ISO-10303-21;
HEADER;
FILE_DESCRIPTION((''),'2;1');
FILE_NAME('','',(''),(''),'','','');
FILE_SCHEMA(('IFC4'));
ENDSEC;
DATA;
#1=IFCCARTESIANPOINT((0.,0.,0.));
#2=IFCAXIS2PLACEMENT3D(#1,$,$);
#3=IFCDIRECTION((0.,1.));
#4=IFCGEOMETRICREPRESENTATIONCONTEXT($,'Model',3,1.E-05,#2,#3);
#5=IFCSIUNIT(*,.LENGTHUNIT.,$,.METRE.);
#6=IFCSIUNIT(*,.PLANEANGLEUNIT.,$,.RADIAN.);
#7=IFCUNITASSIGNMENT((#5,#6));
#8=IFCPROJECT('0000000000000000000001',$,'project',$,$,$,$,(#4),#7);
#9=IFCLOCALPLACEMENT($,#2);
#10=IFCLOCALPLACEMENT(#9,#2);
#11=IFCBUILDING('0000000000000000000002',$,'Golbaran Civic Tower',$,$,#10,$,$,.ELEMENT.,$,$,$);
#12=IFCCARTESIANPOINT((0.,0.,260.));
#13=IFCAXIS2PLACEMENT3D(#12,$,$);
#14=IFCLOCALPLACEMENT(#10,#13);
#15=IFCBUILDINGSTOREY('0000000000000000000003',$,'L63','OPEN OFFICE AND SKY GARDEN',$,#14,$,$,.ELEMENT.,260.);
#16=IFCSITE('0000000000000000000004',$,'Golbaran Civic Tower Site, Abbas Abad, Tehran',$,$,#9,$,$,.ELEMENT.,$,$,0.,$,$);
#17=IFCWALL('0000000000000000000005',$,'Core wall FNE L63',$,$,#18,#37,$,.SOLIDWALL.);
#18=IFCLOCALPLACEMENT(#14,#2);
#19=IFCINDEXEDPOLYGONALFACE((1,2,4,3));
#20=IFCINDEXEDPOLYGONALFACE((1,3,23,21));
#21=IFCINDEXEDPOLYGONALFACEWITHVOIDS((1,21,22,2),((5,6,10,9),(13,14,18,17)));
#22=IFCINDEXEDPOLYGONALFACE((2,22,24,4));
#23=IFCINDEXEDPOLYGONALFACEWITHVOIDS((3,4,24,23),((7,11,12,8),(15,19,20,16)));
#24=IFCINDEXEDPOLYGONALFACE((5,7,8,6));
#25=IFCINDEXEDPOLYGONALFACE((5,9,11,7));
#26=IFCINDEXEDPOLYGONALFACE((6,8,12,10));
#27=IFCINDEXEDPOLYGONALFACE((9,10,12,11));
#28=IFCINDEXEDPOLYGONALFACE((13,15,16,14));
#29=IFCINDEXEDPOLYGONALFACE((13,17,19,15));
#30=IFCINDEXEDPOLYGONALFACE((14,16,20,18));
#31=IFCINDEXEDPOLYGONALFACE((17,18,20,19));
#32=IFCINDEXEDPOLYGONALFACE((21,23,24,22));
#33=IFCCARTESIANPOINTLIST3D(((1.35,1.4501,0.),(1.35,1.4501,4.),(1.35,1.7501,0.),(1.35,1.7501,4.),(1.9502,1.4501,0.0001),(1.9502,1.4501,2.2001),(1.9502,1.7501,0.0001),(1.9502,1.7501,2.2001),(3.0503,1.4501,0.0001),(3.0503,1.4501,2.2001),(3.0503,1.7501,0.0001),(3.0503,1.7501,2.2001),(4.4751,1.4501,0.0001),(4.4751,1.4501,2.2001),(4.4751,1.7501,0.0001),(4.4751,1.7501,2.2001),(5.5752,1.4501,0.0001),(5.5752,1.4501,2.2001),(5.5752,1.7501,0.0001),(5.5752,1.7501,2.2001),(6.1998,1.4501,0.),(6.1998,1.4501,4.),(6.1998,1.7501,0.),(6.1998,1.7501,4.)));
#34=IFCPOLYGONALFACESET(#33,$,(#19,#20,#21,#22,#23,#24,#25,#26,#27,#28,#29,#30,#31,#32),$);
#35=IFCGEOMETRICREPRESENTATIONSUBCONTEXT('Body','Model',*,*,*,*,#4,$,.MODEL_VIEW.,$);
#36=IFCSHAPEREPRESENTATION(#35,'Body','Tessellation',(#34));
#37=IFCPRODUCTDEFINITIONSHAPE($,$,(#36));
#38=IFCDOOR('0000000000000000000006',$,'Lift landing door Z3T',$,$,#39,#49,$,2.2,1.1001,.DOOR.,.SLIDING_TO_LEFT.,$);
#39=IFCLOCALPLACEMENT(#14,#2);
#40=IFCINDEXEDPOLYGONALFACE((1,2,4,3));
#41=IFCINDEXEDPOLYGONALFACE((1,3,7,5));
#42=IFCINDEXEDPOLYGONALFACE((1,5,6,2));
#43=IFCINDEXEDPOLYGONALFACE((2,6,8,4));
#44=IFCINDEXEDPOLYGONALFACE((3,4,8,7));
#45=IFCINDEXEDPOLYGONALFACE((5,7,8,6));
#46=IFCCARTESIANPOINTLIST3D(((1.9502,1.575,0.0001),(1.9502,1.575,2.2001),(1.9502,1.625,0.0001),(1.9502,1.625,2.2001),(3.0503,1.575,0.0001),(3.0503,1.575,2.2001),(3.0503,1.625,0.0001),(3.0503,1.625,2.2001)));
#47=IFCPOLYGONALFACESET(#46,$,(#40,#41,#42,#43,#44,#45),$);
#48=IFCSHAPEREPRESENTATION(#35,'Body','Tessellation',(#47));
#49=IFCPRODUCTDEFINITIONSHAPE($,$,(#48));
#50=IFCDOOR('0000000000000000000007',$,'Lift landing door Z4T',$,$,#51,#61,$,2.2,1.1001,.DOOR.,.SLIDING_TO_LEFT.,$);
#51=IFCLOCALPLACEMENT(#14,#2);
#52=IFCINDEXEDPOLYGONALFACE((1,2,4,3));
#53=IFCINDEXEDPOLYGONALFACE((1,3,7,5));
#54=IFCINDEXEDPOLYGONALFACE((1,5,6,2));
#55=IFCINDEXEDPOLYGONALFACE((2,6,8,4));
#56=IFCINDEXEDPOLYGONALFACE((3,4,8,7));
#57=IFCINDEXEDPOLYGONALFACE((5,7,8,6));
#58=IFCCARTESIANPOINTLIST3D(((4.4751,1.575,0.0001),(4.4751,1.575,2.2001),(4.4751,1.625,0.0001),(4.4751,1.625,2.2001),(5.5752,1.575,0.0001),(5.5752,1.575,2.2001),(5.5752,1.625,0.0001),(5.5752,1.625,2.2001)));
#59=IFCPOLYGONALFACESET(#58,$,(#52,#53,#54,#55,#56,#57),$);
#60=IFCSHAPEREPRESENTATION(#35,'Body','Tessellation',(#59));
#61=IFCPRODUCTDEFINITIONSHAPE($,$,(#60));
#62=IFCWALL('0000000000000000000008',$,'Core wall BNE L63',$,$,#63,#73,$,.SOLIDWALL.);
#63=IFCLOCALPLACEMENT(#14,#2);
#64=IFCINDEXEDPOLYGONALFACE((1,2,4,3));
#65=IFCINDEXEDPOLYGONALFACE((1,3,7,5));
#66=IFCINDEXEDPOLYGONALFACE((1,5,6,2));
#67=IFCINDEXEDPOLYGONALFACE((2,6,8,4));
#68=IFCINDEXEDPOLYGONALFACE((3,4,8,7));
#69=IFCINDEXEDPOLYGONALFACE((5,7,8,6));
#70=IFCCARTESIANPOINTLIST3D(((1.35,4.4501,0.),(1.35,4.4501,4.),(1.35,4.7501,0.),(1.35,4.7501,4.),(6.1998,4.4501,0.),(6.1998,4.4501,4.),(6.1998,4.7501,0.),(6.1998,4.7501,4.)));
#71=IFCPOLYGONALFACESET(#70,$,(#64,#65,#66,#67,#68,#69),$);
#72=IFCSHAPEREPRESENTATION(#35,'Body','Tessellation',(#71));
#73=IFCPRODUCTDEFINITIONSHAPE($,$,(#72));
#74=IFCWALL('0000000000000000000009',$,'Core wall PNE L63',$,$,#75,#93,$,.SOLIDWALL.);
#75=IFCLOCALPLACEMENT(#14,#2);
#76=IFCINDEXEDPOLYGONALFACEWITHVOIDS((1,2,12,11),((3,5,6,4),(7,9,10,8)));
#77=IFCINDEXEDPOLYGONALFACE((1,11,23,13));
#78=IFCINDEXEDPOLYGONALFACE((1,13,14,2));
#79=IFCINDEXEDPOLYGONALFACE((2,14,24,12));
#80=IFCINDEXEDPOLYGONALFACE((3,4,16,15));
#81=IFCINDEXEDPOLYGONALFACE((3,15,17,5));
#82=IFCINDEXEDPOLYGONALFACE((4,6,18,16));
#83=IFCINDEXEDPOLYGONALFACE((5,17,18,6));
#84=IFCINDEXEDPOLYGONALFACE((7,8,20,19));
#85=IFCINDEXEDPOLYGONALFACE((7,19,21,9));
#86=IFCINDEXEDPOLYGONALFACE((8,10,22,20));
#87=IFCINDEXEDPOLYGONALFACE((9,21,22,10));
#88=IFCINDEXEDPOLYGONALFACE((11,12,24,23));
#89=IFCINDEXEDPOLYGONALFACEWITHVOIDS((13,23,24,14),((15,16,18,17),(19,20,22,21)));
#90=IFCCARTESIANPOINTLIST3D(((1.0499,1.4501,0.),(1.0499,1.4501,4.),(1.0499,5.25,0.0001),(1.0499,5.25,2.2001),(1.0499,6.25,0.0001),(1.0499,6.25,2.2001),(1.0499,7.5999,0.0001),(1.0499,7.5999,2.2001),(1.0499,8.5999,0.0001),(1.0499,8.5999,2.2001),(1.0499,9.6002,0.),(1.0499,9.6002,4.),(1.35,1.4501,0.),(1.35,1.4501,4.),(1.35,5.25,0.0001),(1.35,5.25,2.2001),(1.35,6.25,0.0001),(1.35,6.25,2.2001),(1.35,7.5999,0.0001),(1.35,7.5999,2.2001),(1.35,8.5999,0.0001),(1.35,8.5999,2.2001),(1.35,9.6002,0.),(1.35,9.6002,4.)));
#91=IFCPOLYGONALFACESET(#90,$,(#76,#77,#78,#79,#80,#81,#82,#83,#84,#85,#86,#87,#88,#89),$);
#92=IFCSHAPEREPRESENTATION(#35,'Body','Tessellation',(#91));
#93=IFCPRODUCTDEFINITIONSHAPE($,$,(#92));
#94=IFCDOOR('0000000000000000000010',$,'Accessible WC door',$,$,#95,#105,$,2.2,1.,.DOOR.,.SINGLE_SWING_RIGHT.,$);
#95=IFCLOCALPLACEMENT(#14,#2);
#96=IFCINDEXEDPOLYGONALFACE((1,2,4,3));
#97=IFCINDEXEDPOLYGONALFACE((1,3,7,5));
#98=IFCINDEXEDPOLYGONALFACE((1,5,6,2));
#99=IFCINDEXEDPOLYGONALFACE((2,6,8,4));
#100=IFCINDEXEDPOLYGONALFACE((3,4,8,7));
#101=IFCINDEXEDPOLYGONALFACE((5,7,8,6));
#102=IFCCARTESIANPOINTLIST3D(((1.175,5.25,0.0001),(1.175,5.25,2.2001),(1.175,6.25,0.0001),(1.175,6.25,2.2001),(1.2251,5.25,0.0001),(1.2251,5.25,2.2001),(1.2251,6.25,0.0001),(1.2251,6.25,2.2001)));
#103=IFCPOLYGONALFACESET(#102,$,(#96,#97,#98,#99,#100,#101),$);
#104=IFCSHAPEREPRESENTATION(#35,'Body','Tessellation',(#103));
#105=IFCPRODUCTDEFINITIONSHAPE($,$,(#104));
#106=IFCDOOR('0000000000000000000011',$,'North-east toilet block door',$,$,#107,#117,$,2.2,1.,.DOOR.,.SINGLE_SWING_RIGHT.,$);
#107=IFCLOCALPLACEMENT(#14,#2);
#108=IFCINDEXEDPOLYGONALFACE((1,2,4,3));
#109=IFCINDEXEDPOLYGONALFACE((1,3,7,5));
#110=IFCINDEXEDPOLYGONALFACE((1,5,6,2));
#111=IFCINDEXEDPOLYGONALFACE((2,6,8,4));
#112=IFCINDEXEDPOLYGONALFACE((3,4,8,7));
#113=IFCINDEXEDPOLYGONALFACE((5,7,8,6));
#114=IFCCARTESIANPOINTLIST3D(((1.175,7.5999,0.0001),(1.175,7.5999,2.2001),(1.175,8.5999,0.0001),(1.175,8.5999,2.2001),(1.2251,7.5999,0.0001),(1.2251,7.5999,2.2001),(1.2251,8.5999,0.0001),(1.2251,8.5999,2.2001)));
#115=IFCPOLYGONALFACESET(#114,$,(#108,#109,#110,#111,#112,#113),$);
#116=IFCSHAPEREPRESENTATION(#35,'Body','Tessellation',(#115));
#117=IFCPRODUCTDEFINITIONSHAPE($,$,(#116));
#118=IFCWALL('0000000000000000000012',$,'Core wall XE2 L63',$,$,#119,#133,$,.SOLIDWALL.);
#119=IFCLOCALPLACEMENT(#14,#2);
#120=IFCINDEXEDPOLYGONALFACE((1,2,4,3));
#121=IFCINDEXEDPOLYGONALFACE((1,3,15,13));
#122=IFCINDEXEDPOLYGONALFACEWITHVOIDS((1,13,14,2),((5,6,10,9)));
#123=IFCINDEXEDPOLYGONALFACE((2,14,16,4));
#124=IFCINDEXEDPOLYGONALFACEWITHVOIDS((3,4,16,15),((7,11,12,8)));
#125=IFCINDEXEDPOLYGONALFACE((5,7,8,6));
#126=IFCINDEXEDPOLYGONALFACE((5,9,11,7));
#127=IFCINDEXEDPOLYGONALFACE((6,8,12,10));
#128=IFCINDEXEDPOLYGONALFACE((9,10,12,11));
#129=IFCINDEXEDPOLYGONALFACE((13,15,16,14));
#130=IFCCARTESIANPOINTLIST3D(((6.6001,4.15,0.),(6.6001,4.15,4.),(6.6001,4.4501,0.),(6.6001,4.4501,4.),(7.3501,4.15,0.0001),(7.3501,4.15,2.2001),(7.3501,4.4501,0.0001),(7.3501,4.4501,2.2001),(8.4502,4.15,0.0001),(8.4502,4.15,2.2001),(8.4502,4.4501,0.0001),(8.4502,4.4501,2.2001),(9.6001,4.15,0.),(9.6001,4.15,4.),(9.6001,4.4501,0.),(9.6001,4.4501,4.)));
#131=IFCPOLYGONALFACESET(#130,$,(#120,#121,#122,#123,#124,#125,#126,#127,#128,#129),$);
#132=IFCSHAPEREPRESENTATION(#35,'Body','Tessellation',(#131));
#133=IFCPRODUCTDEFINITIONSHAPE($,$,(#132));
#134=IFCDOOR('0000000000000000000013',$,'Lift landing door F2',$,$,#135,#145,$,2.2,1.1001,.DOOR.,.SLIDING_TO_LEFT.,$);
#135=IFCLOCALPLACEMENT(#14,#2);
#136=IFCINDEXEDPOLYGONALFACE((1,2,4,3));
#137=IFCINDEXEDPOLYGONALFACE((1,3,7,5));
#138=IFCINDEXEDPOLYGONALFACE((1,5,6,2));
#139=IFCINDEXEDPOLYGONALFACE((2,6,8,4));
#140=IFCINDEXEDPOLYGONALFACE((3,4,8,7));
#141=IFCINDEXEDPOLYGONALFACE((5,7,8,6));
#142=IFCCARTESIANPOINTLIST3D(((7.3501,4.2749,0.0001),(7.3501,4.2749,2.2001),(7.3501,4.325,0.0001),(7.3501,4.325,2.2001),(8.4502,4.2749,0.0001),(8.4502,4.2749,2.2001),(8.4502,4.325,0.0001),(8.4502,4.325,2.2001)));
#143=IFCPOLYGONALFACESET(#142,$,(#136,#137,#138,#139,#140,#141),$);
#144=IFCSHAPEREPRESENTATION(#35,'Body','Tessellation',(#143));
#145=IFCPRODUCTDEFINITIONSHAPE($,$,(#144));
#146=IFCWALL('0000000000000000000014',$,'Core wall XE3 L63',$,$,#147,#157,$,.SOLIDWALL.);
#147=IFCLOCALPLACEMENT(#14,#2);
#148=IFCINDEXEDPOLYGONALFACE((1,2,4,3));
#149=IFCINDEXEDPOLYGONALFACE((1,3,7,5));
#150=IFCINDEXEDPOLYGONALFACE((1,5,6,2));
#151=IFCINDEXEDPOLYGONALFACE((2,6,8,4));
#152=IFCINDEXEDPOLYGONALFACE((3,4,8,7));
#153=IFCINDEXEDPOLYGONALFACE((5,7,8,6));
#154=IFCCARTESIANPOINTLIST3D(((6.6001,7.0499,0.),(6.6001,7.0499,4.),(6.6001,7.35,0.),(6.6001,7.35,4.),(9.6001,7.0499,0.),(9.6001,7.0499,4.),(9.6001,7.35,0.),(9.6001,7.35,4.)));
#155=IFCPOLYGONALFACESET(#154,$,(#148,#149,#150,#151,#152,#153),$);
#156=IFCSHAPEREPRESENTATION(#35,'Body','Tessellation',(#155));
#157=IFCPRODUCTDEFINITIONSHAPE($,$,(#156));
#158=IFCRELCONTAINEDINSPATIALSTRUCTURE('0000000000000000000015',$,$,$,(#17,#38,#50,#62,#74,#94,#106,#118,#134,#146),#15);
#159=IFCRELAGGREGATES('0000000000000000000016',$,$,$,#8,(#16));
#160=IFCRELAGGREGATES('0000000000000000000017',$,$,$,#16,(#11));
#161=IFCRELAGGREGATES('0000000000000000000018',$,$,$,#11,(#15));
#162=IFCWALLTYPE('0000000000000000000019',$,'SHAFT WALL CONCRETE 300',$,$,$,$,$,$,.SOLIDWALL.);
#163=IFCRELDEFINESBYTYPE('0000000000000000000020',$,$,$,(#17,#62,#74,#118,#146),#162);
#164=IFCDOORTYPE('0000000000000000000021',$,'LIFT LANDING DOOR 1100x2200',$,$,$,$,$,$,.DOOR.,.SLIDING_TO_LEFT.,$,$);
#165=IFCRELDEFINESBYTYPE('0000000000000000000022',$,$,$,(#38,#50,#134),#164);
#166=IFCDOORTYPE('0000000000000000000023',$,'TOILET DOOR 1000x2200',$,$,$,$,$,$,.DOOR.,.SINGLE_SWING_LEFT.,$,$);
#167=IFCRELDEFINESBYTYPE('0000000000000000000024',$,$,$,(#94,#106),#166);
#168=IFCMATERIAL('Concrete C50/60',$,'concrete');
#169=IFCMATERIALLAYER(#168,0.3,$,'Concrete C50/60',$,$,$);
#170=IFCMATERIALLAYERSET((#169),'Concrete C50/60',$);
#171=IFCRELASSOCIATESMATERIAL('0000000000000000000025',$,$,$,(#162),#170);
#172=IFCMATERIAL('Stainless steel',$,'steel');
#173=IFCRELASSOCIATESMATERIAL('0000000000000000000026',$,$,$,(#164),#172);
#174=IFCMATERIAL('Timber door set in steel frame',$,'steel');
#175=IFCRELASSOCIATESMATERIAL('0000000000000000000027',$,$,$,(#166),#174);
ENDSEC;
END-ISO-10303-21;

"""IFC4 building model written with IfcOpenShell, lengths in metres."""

from ifc_helpers import new_model, si_unit, direction, frame, frame_2d, origin, place, context, subcontext, project, spatial, rectangle, extrude, material, layer, layer_set, type_object, element, fill, save


model = new_model("IFC4")

# Units and contexts
model_context = context("Model", 3, precision=1e-05, world=origin(), true_north=direction((0.0, 1.0)))
body_context = subcontext(model_context, "Body", "Model", "MODEL_VIEW")
ifc_project = project(units=[si_unit("LENGTHUNIT", "METRE"), si_unit("PLANEANGLEUNIT", "RADIAN")], contexts=[model_context])

# Site, building, storey
site_placement = place(None, origin())
site = spatial("IfcSite", under=ifc_project, at=site_placement, Name="Golbaran Civic Tower Site, Abbas Abad, Tehran", CompositionType="ELEMENT", RefElevation=0.0)
building_placement = place(site_placement, origin())
building = spatial("IfcBuilding", under=site, at=building_placement, Name="Golbaran Civic Tower", CompositionType="ELEMENT")
storey_placement = place(building_placement, frame((0.0, 0.0, 260.0)))
storey = spatial("IfcBuildingStorey", under=building, at=storey_placement, Name="L63", Description="OPEN OFFICE AND SKY GARDEN", CompositionType="ELEMENT", Elevation=260.0)

# Shared definitions
ifc_material_1 = material(Name="Timber door set in steel frame", Category="steel")

# Wall, openings, doors
ifc_material_2 = material(Name="Concrete C50/60", Category="concrete")
ifc_layer_1 = layer(ifc_material_2, 0.3, Name="Concrete C50/60")
ifc_layer_set_1 = layer_set([ifc_layer_1], Name="Concrete C50/60")
wall_type_1 = type_object("IfcWallType", Name="SHAFT WALL CONCRETE 300", PredefinedType="SOLIDWALL", material=ifc_layer_set_1)
wall_1_placement = place(storey_placement, frame((1.3501, 1.6001, 0.0), z_axis=(0.0, 0.0, 1.0), x_axis=(1.0, 0.0, 0.0)))
wall_1 = element("IfcWall", 1, at=wall_1_placement, inside=storey, type_object=wall_type_1, Name="Core wall FNE L63", PredefinedType="SOLIDWALL", context=body_context, shape_type="SweptSolid", body=[
    extrude(rectangle(XDim=4.8499, YDim=0.3, at=frame_2d((2.4248, 0.0))), origin(), (0.0, 0.0, 1.0), 4.0),
])
opening_1_placement = place(wall_1_placement, frame((0.6001, 0.0, 0.0)))
opening_1 = element("IfcOpeningElement", 2, at=opening_1_placement, cuts=wall_1, PredefinedType="OPENING", context=body_context, shape_type="SweptSolid", body=[
    extrude(rectangle(XDim=1.1001, YDim=2.2, at=frame_2d((0.55, 1.1001))), frame((0.0, 0.1599, 0.0), z_axis=(0.0, -1.0, 0.0), x_axis=(1.0, 0.0, 0.0)), (0.0, 0.0, 1.0), 0.3201),
])
opening_2_placement = place(wall_1_placement, frame((3.125, 0.0, 0.0)))
opening_2 = element("IfcOpeningElement", 3, at=opening_2_placement, cuts=wall_1, PredefinedType="OPENING", context=body_context, shape_type="SweptSolid", body=[
    extrude(rectangle(XDim=1.1001, YDim=2.2, at=frame_2d((0.55, 1.1001))), frame((0.0, 0.1599, 0.0), z_axis=(0.0, -1.0, 0.0), x_axis=(1.0, 0.0, 0.0)), (0.0, 0.0, 1.0), 0.3201),
])
ifc_material_3 = material(Name="Stainless steel", Category="steel")
door_type_1 = type_object("IfcDoorType", Name="LIFT LANDING DOOR 1100x2200", OperationType="SLIDING_TO_LEFT", PredefinedType="DOOR", material=ifc_material_3)
door_1_placement = place(opening_1_placement, origin())
door_1 = element("IfcDoor", 4, at=door_1_placement, inside=storey, type_object=door_type_1, Name="Lift landing door Z3T", OperationType="SLIDING_TO_LEFT", OverallHeight=2.2, OverallWidth=1.1001, PredefinedType="DOOR", context=body_context, shape_type="SweptSolid", body=[
    extrude(rectangle(XDim=1.1001, YDim=2.2, at=frame_2d((0.55, 1.1001))), frame((0.0, 0.0249, 0.0), z_axis=(0.0, -1.0, 0.0), x_axis=(1.0, 0.0, 0.0)), (0.0, 0.0, 1.0), 0.05),
])
fill(opening_1, door_1)
door_2_placement = place(opening_2_placement, origin())
door_2 = element("IfcDoor", 5, at=door_2_placement, inside=storey, type_object=door_type_1, Name="Lift landing door Z4T", OperationType="SLIDING_TO_LEFT", OverallHeight=2.2, OverallWidth=1.1001, PredefinedType="DOOR", context=body_context, shape_type="SweptSolid", body=[
    extrude(rectangle(XDim=1.1001, YDim=2.2, at=frame_2d((0.55, 1.1001))), frame((0.0, 0.0249, 0.0), z_axis=(0.0, -1.0, 0.0), x_axis=(1.0, 0.0, 0.0)), (0.0, 0.0, 1.0), 0.05),
])
fill(opening_2, door_2)

# Wall
wall_2_placement = place(storey_placement, frame((1.3501, 4.6001, 0.0), z_axis=(0.0, 0.0, 1.0), x_axis=(1.0, 0.0, 0.0)))
element("IfcWall", 6, at=wall_2_placement, inside=storey, type_object=wall_type_1, Name="Core wall BNE L63", PredefinedType="SOLIDWALL", context=body_context, shape_type="SweptSolid", body=[
    extrude(rectangle(XDim=4.8499, YDim=0.3, at=frame_2d((2.4248, 0.0))), origin(), (0.0, 0.0, 1.0), 4.0),
])

# Wall, openings, doors
wall_3_placement = place(storey_placement, frame((1.2, 1.45, 0.0), z_axis=(0.0, 0.0, 1.0), x_axis=(0.0, 1.0, 0.0)))
wall_3 = element("IfcWall", 7, at=wall_3_placement, inside=storey, type_object=wall_type_1, Name="Core wall PNE L63", PredefinedType="SOLIDWALL", context=body_context, shape_type="SweptSolid", body=[
    extrude(rectangle(XDim=8.1501, YDim=0.3, at=frame_2d((4.0752, 0.0))), origin(), (0.0, 0.0, 1.0), 4.0),
])
opening_3_placement = place(wall_3_placement, frame((3.8, 0.0, 0.0)))
opening_3 = element("IfcOpeningElement", 8, at=opening_3_placement, cuts=wall_3, PredefinedType="OPENING", context=body_context, shape_type="SweptSolid", body=[
    extrude(rectangle(XDim=1.0, YDim=2.2, at=frame_2d((0.5, 1.1001))), frame((0.0, 0.1599, 0.0), z_axis=(0.0, -1.0, 0.0), x_axis=(1.0, 0.0, 0.0)), (0.0, 0.0, 1.0), 0.3201),
])
opening_4_placement = place(wall_3_placement, frame((6.1499, 0.0, 0.0)))
opening_4 = element("IfcOpeningElement", 9, at=opening_4_placement, cuts=wall_3, PredefinedType="OPENING", context=body_context, shape_type="SweptSolid", body=[
    extrude(rectangle(XDim=1.0, YDim=2.2, at=frame_2d((0.5, 1.1001))), frame((0.0, 0.1599, 0.0), z_axis=(0.0, -1.0, 0.0), x_axis=(1.0, 0.0, 0.0)), (0.0, 0.0, 1.0), 0.3201),
])
door_type_2 = type_object("IfcDoorType", Name="TOILET DOOR 1000x2200", OperationType="SINGLE_SWING_LEFT", PredefinedType="DOOR", material=ifc_material_1)
door_3_placement = place(opening_3_placement, origin())
door_3 = element("IfcDoor", 10, at=door_3_placement, inside=storey, type_object=door_type_2, Name="Accessible WC door", OperationType="SINGLE_SWING_RIGHT", OverallHeight=2.2, OverallWidth=1.0, PredefinedType="DOOR", context=body_context, shape_type="SweptSolid", body=[
    extrude(rectangle(XDim=1.0, YDim=2.2, at=frame_2d((0.5, 1.1001))), frame((0.0, 0.0249, 0.0), z_axis=(0.0, -1.0, 0.0), x_axis=(1.0, 0.0, 0.0)), (0.0, 0.0, 1.0), 0.05),
])
fill(opening_3, door_3)
door_4_placement = place(opening_4_placement, origin())
door_4 = element("IfcDoor", 11, at=door_4_placement, inside=storey, type_object=door_type_2, Name="North-east toilet block door", OperationType="SINGLE_SWING_RIGHT", OverallHeight=2.2, OverallWidth=1.0, PredefinedType="DOOR", context=body_context, shape_type="SweptSolid", body=[
    extrude(rectangle(XDim=1.0, YDim=2.2, at=frame_2d((0.5, 1.1001))), frame((0.0, 0.0249, 0.0), z_axis=(0.0, -1.0, 0.0), x_axis=(1.0, 0.0, 0.0)), (0.0, 0.0, 1.0), 0.05),
])
fill(opening_4, door_4)

# Wall, opening, door
wall_4_placement = place(storey_placement, frame((6.6001, 4.3, 0.0), z_axis=(0.0, 0.0, 1.0), x_axis=(1.0, 0.0, 0.0)))
wall_4 = element("IfcWall", 12, at=wall_4_placement, inside=storey, type_object=wall_type_1, Name="Core wall XE2 L63", PredefinedType="SOLIDWALL", context=body_context, shape_type="SweptSolid", body=[
    extrude(rectangle(XDim=3.0, YDim=0.3, at=frame_2d((1.5, 0.0))), origin(), (0.0, 0.0, 1.0), 4.0),
])
opening_5_placement = place(wall_4_placement, frame((0.75, 0.0, 0.0)))
opening_5 = element("IfcOpeningElement", 13, at=opening_5_placement, cuts=wall_4, PredefinedType="OPENING", context=body_context, shape_type="SweptSolid", body=[
    extrude(rectangle(XDim=1.1001, YDim=2.2, at=frame_2d((0.55, 1.1001))), frame((0.0, 0.1599, 0.0), z_axis=(0.0, -1.0, 0.0), x_axis=(1.0, 0.0, 0.0)), (0.0, 0.0, 1.0), 0.3201),
])
door_5_placement = place(opening_5_placement, origin())
door_5 = element("IfcDoor", 14, at=door_5_placement, inside=storey, type_object=door_type_1, Name="Lift landing door F2", OperationType="SLIDING_TO_LEFT", OverallHeight=2.2, OverallWidth=1.1001, PredefinedType="DOOR", context=body_context, shape_type="SweptSolid", body=[
    extrude(rectangle(XDim=1.1001, YDim=2.2, at=frame_2d((0.55, 1.1001))), frame((0.0, 0.0249, 0.0), z_axis=(0.0, -1.0, 0.0), x_axis=(1.0, 0.0, 0.0)), (0.0, 0.0, 1.0), 0.05),
])
fill(opening_5, door_5)

# Wall
wall_5_placement = place(storey_placement, frame((6.6001, 7.2, 0.0), z_axis=(0.0, 0.0, 1.0), x_axis=(1.0, 0.0, 0.0)))
element("IfcWall", 15, at=wall_5_placement, inside=storey, type_object=wall_type_1, Name="Core wall XE3 L63", PredefinedType="SOLIDWALL", context=body_context, shape_type="SweptSolid", body=[
    extrude(rectangle(XDim=3.0, YDim=0.3, at=frame_2d((1.5, 0.0))), origin(), (0.0, 0.0, 1.0), 4.0),
])

save(model, "model.ifc")
